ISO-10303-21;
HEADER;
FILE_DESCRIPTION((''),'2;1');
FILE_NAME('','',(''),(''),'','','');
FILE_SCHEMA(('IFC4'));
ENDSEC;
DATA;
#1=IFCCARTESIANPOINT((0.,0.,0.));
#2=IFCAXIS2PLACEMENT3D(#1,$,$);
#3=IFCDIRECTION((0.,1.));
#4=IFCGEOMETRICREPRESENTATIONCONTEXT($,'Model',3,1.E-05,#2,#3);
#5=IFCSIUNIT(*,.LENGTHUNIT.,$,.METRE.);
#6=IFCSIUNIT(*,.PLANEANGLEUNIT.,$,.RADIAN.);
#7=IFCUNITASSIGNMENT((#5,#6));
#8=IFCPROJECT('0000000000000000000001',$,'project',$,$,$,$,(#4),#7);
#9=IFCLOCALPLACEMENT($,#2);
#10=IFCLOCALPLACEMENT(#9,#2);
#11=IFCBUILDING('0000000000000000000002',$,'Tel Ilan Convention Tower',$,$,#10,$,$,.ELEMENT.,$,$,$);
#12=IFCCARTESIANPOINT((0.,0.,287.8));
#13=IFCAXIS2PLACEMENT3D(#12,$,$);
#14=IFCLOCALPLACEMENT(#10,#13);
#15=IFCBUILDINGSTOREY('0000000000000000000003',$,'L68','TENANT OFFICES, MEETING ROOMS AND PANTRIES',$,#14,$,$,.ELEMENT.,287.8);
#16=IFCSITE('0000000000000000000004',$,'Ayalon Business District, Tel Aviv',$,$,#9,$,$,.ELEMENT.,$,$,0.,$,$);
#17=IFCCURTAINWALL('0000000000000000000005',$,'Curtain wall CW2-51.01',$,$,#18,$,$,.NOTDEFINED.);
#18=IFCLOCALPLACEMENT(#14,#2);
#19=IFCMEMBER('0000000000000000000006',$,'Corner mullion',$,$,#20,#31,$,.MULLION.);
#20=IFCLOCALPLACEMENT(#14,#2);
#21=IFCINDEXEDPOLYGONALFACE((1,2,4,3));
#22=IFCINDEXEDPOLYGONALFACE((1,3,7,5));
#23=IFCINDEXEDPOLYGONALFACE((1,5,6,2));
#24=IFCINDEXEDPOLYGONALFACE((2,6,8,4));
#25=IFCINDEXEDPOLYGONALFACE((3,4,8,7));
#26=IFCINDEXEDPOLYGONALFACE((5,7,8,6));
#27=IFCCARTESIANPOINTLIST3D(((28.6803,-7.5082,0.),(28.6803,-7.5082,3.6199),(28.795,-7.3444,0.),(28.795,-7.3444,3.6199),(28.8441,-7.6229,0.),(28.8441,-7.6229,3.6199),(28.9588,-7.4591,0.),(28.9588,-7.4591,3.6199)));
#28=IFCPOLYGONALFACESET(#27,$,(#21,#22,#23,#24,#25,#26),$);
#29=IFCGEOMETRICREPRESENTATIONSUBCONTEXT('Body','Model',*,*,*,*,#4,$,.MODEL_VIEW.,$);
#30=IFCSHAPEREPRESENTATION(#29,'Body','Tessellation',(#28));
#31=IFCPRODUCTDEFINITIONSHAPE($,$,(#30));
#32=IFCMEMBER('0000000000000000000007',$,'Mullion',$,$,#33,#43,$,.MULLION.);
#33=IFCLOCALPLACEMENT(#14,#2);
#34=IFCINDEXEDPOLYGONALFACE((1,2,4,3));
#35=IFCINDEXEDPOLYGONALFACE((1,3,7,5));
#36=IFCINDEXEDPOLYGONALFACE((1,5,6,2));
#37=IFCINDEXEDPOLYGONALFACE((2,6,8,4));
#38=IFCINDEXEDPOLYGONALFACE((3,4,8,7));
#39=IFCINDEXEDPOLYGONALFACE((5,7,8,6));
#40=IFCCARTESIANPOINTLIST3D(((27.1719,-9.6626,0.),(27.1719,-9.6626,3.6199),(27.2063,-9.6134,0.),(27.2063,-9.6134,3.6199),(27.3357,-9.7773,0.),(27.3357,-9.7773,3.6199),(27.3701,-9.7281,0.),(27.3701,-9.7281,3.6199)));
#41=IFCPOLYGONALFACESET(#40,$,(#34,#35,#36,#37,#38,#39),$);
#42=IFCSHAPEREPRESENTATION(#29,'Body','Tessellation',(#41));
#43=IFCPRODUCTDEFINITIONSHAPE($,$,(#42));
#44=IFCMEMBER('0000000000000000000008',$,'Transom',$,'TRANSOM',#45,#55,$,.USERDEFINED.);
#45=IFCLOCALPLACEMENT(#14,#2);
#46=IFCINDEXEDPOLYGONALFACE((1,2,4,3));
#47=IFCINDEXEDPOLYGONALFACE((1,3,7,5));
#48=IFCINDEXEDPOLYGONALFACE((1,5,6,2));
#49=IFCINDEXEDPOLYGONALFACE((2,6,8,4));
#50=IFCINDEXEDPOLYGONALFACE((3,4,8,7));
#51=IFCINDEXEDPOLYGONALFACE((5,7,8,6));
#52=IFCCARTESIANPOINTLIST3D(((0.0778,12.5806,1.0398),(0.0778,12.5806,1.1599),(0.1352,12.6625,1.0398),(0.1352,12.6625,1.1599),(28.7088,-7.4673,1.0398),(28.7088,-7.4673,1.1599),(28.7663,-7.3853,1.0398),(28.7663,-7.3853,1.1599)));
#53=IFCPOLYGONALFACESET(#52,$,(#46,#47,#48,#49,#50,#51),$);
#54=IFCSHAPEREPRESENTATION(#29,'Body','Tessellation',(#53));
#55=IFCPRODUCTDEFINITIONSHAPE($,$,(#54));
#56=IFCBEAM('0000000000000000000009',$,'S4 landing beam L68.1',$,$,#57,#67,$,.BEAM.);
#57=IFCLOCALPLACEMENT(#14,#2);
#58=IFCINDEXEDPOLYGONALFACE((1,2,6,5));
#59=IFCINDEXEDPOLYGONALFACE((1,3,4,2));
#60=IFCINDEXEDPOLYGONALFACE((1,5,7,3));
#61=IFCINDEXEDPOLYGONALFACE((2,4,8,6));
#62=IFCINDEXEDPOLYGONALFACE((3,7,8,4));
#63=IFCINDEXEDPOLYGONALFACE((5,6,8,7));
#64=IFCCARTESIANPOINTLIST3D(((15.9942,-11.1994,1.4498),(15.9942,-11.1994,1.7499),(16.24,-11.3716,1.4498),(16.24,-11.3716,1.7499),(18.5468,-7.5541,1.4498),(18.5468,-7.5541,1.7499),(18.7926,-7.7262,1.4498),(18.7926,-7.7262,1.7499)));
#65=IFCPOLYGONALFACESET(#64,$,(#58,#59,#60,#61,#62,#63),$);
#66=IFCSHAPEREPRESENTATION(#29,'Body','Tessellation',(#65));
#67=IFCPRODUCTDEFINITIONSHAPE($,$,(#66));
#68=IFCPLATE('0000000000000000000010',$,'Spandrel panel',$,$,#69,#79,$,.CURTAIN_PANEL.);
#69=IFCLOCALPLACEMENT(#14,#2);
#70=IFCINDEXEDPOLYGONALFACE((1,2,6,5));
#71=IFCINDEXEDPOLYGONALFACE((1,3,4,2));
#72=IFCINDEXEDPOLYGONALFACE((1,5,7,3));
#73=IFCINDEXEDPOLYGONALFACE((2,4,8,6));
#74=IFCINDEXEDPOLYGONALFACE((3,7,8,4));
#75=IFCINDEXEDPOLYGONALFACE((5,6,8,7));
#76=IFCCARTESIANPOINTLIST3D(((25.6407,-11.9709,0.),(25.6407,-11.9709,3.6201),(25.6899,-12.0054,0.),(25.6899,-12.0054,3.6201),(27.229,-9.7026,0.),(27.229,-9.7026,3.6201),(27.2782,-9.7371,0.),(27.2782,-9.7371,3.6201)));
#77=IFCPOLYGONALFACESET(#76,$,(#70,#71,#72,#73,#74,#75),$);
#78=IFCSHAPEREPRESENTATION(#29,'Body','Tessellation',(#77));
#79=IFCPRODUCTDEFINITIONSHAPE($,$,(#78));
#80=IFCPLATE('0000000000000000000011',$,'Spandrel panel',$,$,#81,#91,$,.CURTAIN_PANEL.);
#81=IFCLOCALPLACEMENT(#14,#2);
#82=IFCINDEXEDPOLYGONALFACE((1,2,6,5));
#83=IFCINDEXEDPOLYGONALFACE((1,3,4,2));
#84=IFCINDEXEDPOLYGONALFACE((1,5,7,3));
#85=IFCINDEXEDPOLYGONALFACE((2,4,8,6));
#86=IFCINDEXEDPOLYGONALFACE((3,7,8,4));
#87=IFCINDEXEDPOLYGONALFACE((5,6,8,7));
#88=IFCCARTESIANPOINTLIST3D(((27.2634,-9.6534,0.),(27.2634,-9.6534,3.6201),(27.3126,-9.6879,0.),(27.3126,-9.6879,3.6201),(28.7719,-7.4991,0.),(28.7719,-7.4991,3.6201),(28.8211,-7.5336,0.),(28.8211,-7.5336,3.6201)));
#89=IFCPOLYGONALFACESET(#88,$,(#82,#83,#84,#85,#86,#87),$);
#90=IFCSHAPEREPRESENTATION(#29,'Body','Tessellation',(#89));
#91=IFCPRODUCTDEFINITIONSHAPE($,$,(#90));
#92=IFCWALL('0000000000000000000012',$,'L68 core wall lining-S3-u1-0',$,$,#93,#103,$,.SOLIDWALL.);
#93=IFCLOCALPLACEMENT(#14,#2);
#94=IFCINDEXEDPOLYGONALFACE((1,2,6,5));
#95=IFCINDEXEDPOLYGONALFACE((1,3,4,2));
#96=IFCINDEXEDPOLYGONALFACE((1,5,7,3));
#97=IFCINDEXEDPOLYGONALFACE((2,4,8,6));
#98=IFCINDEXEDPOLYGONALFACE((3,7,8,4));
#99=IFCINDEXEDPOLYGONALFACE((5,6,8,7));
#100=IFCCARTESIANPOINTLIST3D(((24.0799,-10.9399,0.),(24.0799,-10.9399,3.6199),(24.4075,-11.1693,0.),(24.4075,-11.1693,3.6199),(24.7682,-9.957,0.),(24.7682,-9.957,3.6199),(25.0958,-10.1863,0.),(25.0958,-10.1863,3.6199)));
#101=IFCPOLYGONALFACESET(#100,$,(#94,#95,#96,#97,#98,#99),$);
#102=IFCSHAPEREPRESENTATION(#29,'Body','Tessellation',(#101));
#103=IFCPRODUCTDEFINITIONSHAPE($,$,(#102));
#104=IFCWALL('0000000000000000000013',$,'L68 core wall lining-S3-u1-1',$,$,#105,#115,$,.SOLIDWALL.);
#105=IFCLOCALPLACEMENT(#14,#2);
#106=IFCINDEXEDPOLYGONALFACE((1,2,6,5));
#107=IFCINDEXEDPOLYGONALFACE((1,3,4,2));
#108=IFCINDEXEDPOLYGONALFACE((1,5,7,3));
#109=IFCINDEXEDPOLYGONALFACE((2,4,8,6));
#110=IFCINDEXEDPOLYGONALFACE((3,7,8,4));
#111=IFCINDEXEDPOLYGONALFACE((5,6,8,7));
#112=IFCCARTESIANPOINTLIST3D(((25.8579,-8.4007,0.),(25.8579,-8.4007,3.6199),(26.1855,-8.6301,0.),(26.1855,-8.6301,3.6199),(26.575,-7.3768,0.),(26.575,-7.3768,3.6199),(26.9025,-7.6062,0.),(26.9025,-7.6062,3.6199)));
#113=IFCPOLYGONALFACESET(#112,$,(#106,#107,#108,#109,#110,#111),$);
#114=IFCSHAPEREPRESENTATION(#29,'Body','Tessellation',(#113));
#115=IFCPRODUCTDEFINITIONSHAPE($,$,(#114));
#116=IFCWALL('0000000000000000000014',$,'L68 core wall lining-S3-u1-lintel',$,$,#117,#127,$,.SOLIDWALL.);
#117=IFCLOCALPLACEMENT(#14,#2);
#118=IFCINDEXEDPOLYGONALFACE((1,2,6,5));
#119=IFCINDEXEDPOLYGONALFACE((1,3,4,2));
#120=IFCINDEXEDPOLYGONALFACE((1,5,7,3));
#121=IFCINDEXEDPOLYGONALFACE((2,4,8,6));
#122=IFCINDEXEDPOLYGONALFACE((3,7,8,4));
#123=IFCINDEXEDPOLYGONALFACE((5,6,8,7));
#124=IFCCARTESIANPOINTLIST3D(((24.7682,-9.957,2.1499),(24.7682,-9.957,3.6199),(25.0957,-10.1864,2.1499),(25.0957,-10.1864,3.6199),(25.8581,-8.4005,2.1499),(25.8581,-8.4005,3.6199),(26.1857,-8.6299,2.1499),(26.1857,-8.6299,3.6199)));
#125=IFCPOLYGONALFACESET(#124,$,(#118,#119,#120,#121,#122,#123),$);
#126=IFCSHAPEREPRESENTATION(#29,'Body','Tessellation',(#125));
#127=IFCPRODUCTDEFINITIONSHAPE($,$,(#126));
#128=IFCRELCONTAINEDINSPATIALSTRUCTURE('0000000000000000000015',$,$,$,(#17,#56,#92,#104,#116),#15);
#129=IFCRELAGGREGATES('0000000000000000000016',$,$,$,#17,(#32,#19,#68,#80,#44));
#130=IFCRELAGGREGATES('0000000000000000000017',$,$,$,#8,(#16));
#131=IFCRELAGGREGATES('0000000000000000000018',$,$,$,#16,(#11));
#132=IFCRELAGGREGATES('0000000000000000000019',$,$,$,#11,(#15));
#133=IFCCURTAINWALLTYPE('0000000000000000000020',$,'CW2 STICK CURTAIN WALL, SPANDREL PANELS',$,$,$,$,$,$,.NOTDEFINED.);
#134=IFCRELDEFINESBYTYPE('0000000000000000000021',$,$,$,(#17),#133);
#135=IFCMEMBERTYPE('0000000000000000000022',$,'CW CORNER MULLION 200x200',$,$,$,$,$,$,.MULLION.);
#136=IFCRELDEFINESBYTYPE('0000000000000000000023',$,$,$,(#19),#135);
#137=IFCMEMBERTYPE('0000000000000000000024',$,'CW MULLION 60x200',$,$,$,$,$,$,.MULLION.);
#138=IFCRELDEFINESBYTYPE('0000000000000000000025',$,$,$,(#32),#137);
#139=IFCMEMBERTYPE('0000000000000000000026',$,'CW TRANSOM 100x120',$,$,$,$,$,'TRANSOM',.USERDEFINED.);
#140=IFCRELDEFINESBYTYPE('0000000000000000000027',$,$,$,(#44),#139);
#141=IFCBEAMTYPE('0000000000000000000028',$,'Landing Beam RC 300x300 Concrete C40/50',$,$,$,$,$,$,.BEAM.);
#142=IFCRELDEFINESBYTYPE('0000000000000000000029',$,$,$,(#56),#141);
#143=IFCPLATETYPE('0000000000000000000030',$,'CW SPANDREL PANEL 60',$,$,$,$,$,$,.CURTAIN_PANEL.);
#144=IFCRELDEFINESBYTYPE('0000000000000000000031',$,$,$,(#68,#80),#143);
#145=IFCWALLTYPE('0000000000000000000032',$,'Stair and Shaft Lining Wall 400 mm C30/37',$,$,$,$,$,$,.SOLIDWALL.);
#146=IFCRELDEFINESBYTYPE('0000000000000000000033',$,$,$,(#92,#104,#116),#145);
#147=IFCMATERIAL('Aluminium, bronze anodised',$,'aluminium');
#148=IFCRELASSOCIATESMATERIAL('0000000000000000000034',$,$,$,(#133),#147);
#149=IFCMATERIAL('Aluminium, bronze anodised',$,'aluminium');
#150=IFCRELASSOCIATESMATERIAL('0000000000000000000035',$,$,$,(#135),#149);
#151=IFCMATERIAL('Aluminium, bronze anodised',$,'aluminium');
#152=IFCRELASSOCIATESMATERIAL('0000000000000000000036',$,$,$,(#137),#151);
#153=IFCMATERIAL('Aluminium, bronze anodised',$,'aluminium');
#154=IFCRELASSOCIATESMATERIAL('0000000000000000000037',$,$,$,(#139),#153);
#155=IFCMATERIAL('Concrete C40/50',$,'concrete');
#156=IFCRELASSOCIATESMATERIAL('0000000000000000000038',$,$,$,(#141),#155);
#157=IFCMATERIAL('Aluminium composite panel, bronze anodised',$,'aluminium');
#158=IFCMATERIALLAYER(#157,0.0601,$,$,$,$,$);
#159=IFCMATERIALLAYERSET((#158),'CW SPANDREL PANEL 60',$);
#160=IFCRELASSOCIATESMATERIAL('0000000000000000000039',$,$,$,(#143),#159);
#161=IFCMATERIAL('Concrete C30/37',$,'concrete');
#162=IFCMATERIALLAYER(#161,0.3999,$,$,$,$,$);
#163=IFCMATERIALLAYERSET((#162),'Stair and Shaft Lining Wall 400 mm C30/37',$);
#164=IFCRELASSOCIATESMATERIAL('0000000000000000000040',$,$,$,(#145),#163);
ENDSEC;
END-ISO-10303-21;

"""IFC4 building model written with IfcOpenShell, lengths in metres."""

from ifc_helpers import new_model, si_unit, direction, frame, frame_2d, origin, origin_2d, place, context, subcontext, project, spatial, rectangle, extrude, material, layer, layer_set, material_profile, profile_set, type_object, element, aggregate, save


model = new_model("IFC4")

# Units and contexts
model_context = context("Model", 3, precision=1e-05, world=origin(), true_north=direction((0.0, 1.0)))
body_context = subcontext(model_context, "Body", "Model", "MODEL_VIEW")
ifc_project = project(units=[si_unit("LENGTHUNIT", "METRE"), si_unit("PLANEANGLEUNIT", "RADIAN")], contexts=[model_context])

# Site, building, storey
site_placement = place(None, origin())
site = spatial("IfcSite", under=ifc_project, at=site_placement, Name="Ayalon Business District, Tel Aviv", CompositionType="ELEMENT", RefElevation=0.0)
building_placement = place(site_placement, origin())
building = spatial("IfcBuilding", under=site, at=building_placement, Name="Tel Ilan Convention Tower", CompositionType="ELEMENT")
storey_placement = place(building_placement, frame((0.0, 0.0, 287.8)))
storey = spatial("IfcBuildingStorey", under=building, at=storey_placement, Name="L68", Description="TENANT OFFICES, MEETING ROOMS AND PANTRIES", CompositionType="ELEMENT", Elevation=287.8)

# Curtain wall, members
ifc_material_1 = material(Name="Aluminium, bronze anodised", Category="aluminium")
curtain_wall_type = type_object("IfcCurtainWallType", Name="CW2 STICK CURTAIN WALL, SPANDREL PANELS", PredefinedType="NOTDEFINED", material=ifc_material_1)
curtain_wall_placement = place(storey_placement, origin())
curtain_wall = element("IfcCurtainWall", 1, at=curtain_wall_placement, inside=storey, type_object=curtain_wall_type, Name="Curtain wall CW2-51.01", PredefinedType="NOTDEFINED")
ifc_material_2 = material(Name="Aluminium, bronze anodised", Category="aluminium")
ifc_material_profile_1 = material_profile(ifc_material_2, rectangle(XDim=0.2, YDim=0.2, at=origin_2d()), Name="CW CORNER MULLION 200x200")
ifc_profile_set_1 = profile_set([ifc_material_profile_1], Name="Aluminium, bronze anodised")
member_type_1 = type_object("IfcMemberType", Name="CW CORNER MULLION 200x200", PredefinedType="MULLION", material=ifc_profile_set_1)
member_1_placement = place(storey_placement, frame((28.8196, -7.4836, 0.0), z_axis=(0.0, 0.0, 1.0), x_axis=(0.573576, 0.819152, 0.0)))
member_1 = element("IfcMember", 2, at=member_1_placement, type_object=member_type_1, Name="Corner mullion", PredefinedType="MULLION", context=body_context, shape_type="SweptSolid", body=[
    extrude(rectangle(XDim=0.2, YDim=0.2, at=origin_2d()), origin(), (0.0, 0.0, 1.0), 3.6199),
])
ifc_material_3 = material(Name="Aluminium, bronze anodised", Category="aluminium")
ifc_material_profile_2 = material_profile(ifc_material_3, rectangle(XDim=0.0601, YDim=0.2, at=origin_2d()), Name="CW MULLION 60x200")
ifc_profile_set_2 = profile_set([ifc_material_profile_2], Name="Aluminium, bronze anodised")
member_type_2 = type_object("IfcMemberType", Name="CW MULLION 60x200", PredefinedType="MULLION", material=ifc_profile_set_2)
member_2_placement = place(storey_placement, frame((27.271, -9.6953, 0.0), z_axis=(0.0, 0.0, 1.0), x_axis=(0.573576, 0.819152, 0.0)))
member_2 = element("IfcMember", 3, at=member_2_placement, type_object=member_type_2, Name="Mullion", PredefinedType="MULLION", context=body_context, shape_type="SweptSolid", body=[
    extrude(rectangle(XDim=0.0601, YDim=0.2, at=origin_2d()), origin(), (0.0, 0.0, 1.0), 3.6199),
])
ifc_material_4 = material(Name="Aluminium, bronze anodised", Category="aluminium")
ifc_material_profile_3 = material_profile(ifc_material_4, rectangle(XDim=0.1001, YDim=0.1201, at=origin_2d()), Name="CW TRANSOM 100x120")
ifc_profile_set_3 = profile_set([ifc_material_profile_3], Name="Aluminium, bronze anodised")
member_type_3 = type_object("IfcMemberType", Name="CW TRANSOM 100x120", ElementType="TRANSOM", PredefinedType="USERDEFINED", material=ifc_profile_set_3)
member_3_placement = place(storey_placement, frame((28.7375, -7.4263, 1.0999), z_axis=(-0.81915, 0.573579, 0.0), x_axis=(-0.573579, -0.81915, 0.0)))
member_3 = element("IfcMember", 4, at=member_3_placement, type_object=member_type_3, Name="Transom", ObjectType="TRANSOM", PredefinedType="USERDEFINED", context=body_context, shape_type="SweptSolid", body=[
    extrude(rectangle(XDim=0.1001, YDim=0.1201, at=origin_2d()), origin(), (0.0, 0.0, 1.0), 34.9521),
])

# Beam
ifc_material_5 = material(Name="Concrete C40/50", Category="concrete")
ifc_material_profile_4 = material_profile(ifc_material_5, rectangle(XDim=0.3, YDim=0.3, at=origin_2d()), Name="RC 300x300")
ifc_profile_set_4 = profile_set([ifc_material_profile_4], Name="Concrete C40/50")
beam_type = type_object("IfcBeamType", Name="Landing Beam RC 300x300 Concrete C40/50", PredefinedType="BEAM", material=ifc_profile_set_4)
beam_placement = place(storey_placement, frame((18.6697, -7.6401, 1.5999), z_axis=(-0.573584, -0.819147, 0.0), x_axis=(0.819147, -0.573584, 0.0)))
element("IfcBeam", 5, at=beam_placement, inside=storey, type_object=beam_type, Name="S4 landing beam L68.1", PredefinedType="BEAM", context=body_context, shape_type="SweptSolid", body=[
    extrude(rectangle(XDim=0.3, YDim=0.3, at=origin_2d()), origin(), (0.0, 0.0, 1.0), 4.4502),
])

# Plates
ifc_material_6 = material(Name="Aluminium composite panel, bronze anodised", Category="aluminium")
ifc_layer_1 = layer(ifc_material_6, 0.0601)
ifc_layer_set_1 = layer_set([ifc_layer_1], Name="CW SPANDREL PANEL 60")
plate_type = type_object("IfcPlateType", Name="CW SPANDREL PANEL 60", PredefinedType="CURTAIN_PANEL", material=ifc_layer_set_1)
plate_1_placement = place(storey_placement, frame((26.4595, -10.854, 0.0), z_axis=(0.0, 0.0, 1.0), x_axis=(0.573576, 0.819152, 0.0)))
plate_1 = element("IfcPlate", 6, at=plate_1_placement, type_object=plate_type, Name="Spandrel panel", PredefinedType="CURTAIN_PANEL", context=body_context, shape_type="SweptSolid", body=[
    extrude(rectangle(XDim=2.769, YDim=0.0601, at=origin_2d()), origin(), (0.0, 0.0, 1.0), 3.6201),
])
plate_2_placement = place(storey_placement, frame((28.0422, -8.5935, 0.0), z_axis=(0.0, 0.0, 1.0), x_axis=(0.573576, 0.819152, 0.0)))
plate_2 = element("IfcPlate", 7, at=plate_2_placement, type_object=plate_type, Name="Spandrel panel", PredefinedType="CURTAIN_PANEL", context=body_context, shape_type="SweptSolid", body=[
    extrude(rectangle(XDim=2.6299, YDim=0.0601, at=origin_2d()), origin(), (0.0, 0.0, 1.0), 3.6201),
])
aggregate(curtain_wall, [member_2, member_1, plate_1, plate_2, member_3])

# Walls
ifc_material_7 = material(Name="Concrete C30/37", Category="concrete")
ifc_layer_2 = layer(ifc_material_7, 0.3999)
ifc_layer_set_2 = layer_set([ifc_layer_2], Name="Stair and Shaft Lining Wall 400 mm C30/37")
wall_type = type_object("IfcWallType", Name="Stair and Shaft Lining Wall 400 mm C30/37", PredefinedType="SOLIDWALL", material=ifc_layer_set_2)
wall_1_placement = place(storey_placement, frame((24.2437, -11.0547, 0.0), z_axis=(0.0, 0.0, 1.0), x_axis=(0.573572, 0.819155, 0.0)))
element("IfcWall", 8, at=wall_1_placement, inside=storey, type_object=wall_type, Name="L68 core wall lining-S3-u1-0", PredefinedType="SOLIDWALL", context=body_context, shape_type="SweptSolid", body=[
    extrude(rectangle(XDim=1.2, YDim=0.3999, at=frame_2d((0.6001, 0.0))), origin(), (0.0, 0.0, 1.0), 3.6199),
])
wall_2_placement = place(storey_placement, frame((26.0217, -8.5154, 0.0), z_axis=(0.0, 0.0, 1.0), x_axis=(0.57362, 0.819122, 0.0)))
element("IfcWall", 9, at=wall_2_placement, inside=storey, type_object=wall_type, Name="L68 core wall lining-S3-u1-1", PredefinedType="SOLIDWALL", context=body_context, shape_type="SweptSolid", body=[
    extrude(rectangle(XDim=1.25, YDim=0.3999, at=frame_2d((0.625, 0.0))), origin(), (0.0, 0.0, 1.0), 3.6199),
])
wall_3_placement = place(storey_placement, frame((24.9319, -10.0718, 2.1499), z_axis=(0.0, 0.0, 1.0), x_axis=(0.573592, 0.819141, 0.0)))
element("IfcWall", 10, at=wall_3_placement, inside=storey, type_object=wall_type, Name="L68 core wall lining-S3-u1-lintel", PredefinedType="SOLIDWALL", context=body_context, shape_type="SweptSolid", body=[
    extrude(rectangle(XDim=1.9001, YDim=0.3999, at=frame_2d((0.9502, 0.0))), origin(), (0.0, 0.0, 1.0), 1.47),
])

save(model, "model.ifc")
